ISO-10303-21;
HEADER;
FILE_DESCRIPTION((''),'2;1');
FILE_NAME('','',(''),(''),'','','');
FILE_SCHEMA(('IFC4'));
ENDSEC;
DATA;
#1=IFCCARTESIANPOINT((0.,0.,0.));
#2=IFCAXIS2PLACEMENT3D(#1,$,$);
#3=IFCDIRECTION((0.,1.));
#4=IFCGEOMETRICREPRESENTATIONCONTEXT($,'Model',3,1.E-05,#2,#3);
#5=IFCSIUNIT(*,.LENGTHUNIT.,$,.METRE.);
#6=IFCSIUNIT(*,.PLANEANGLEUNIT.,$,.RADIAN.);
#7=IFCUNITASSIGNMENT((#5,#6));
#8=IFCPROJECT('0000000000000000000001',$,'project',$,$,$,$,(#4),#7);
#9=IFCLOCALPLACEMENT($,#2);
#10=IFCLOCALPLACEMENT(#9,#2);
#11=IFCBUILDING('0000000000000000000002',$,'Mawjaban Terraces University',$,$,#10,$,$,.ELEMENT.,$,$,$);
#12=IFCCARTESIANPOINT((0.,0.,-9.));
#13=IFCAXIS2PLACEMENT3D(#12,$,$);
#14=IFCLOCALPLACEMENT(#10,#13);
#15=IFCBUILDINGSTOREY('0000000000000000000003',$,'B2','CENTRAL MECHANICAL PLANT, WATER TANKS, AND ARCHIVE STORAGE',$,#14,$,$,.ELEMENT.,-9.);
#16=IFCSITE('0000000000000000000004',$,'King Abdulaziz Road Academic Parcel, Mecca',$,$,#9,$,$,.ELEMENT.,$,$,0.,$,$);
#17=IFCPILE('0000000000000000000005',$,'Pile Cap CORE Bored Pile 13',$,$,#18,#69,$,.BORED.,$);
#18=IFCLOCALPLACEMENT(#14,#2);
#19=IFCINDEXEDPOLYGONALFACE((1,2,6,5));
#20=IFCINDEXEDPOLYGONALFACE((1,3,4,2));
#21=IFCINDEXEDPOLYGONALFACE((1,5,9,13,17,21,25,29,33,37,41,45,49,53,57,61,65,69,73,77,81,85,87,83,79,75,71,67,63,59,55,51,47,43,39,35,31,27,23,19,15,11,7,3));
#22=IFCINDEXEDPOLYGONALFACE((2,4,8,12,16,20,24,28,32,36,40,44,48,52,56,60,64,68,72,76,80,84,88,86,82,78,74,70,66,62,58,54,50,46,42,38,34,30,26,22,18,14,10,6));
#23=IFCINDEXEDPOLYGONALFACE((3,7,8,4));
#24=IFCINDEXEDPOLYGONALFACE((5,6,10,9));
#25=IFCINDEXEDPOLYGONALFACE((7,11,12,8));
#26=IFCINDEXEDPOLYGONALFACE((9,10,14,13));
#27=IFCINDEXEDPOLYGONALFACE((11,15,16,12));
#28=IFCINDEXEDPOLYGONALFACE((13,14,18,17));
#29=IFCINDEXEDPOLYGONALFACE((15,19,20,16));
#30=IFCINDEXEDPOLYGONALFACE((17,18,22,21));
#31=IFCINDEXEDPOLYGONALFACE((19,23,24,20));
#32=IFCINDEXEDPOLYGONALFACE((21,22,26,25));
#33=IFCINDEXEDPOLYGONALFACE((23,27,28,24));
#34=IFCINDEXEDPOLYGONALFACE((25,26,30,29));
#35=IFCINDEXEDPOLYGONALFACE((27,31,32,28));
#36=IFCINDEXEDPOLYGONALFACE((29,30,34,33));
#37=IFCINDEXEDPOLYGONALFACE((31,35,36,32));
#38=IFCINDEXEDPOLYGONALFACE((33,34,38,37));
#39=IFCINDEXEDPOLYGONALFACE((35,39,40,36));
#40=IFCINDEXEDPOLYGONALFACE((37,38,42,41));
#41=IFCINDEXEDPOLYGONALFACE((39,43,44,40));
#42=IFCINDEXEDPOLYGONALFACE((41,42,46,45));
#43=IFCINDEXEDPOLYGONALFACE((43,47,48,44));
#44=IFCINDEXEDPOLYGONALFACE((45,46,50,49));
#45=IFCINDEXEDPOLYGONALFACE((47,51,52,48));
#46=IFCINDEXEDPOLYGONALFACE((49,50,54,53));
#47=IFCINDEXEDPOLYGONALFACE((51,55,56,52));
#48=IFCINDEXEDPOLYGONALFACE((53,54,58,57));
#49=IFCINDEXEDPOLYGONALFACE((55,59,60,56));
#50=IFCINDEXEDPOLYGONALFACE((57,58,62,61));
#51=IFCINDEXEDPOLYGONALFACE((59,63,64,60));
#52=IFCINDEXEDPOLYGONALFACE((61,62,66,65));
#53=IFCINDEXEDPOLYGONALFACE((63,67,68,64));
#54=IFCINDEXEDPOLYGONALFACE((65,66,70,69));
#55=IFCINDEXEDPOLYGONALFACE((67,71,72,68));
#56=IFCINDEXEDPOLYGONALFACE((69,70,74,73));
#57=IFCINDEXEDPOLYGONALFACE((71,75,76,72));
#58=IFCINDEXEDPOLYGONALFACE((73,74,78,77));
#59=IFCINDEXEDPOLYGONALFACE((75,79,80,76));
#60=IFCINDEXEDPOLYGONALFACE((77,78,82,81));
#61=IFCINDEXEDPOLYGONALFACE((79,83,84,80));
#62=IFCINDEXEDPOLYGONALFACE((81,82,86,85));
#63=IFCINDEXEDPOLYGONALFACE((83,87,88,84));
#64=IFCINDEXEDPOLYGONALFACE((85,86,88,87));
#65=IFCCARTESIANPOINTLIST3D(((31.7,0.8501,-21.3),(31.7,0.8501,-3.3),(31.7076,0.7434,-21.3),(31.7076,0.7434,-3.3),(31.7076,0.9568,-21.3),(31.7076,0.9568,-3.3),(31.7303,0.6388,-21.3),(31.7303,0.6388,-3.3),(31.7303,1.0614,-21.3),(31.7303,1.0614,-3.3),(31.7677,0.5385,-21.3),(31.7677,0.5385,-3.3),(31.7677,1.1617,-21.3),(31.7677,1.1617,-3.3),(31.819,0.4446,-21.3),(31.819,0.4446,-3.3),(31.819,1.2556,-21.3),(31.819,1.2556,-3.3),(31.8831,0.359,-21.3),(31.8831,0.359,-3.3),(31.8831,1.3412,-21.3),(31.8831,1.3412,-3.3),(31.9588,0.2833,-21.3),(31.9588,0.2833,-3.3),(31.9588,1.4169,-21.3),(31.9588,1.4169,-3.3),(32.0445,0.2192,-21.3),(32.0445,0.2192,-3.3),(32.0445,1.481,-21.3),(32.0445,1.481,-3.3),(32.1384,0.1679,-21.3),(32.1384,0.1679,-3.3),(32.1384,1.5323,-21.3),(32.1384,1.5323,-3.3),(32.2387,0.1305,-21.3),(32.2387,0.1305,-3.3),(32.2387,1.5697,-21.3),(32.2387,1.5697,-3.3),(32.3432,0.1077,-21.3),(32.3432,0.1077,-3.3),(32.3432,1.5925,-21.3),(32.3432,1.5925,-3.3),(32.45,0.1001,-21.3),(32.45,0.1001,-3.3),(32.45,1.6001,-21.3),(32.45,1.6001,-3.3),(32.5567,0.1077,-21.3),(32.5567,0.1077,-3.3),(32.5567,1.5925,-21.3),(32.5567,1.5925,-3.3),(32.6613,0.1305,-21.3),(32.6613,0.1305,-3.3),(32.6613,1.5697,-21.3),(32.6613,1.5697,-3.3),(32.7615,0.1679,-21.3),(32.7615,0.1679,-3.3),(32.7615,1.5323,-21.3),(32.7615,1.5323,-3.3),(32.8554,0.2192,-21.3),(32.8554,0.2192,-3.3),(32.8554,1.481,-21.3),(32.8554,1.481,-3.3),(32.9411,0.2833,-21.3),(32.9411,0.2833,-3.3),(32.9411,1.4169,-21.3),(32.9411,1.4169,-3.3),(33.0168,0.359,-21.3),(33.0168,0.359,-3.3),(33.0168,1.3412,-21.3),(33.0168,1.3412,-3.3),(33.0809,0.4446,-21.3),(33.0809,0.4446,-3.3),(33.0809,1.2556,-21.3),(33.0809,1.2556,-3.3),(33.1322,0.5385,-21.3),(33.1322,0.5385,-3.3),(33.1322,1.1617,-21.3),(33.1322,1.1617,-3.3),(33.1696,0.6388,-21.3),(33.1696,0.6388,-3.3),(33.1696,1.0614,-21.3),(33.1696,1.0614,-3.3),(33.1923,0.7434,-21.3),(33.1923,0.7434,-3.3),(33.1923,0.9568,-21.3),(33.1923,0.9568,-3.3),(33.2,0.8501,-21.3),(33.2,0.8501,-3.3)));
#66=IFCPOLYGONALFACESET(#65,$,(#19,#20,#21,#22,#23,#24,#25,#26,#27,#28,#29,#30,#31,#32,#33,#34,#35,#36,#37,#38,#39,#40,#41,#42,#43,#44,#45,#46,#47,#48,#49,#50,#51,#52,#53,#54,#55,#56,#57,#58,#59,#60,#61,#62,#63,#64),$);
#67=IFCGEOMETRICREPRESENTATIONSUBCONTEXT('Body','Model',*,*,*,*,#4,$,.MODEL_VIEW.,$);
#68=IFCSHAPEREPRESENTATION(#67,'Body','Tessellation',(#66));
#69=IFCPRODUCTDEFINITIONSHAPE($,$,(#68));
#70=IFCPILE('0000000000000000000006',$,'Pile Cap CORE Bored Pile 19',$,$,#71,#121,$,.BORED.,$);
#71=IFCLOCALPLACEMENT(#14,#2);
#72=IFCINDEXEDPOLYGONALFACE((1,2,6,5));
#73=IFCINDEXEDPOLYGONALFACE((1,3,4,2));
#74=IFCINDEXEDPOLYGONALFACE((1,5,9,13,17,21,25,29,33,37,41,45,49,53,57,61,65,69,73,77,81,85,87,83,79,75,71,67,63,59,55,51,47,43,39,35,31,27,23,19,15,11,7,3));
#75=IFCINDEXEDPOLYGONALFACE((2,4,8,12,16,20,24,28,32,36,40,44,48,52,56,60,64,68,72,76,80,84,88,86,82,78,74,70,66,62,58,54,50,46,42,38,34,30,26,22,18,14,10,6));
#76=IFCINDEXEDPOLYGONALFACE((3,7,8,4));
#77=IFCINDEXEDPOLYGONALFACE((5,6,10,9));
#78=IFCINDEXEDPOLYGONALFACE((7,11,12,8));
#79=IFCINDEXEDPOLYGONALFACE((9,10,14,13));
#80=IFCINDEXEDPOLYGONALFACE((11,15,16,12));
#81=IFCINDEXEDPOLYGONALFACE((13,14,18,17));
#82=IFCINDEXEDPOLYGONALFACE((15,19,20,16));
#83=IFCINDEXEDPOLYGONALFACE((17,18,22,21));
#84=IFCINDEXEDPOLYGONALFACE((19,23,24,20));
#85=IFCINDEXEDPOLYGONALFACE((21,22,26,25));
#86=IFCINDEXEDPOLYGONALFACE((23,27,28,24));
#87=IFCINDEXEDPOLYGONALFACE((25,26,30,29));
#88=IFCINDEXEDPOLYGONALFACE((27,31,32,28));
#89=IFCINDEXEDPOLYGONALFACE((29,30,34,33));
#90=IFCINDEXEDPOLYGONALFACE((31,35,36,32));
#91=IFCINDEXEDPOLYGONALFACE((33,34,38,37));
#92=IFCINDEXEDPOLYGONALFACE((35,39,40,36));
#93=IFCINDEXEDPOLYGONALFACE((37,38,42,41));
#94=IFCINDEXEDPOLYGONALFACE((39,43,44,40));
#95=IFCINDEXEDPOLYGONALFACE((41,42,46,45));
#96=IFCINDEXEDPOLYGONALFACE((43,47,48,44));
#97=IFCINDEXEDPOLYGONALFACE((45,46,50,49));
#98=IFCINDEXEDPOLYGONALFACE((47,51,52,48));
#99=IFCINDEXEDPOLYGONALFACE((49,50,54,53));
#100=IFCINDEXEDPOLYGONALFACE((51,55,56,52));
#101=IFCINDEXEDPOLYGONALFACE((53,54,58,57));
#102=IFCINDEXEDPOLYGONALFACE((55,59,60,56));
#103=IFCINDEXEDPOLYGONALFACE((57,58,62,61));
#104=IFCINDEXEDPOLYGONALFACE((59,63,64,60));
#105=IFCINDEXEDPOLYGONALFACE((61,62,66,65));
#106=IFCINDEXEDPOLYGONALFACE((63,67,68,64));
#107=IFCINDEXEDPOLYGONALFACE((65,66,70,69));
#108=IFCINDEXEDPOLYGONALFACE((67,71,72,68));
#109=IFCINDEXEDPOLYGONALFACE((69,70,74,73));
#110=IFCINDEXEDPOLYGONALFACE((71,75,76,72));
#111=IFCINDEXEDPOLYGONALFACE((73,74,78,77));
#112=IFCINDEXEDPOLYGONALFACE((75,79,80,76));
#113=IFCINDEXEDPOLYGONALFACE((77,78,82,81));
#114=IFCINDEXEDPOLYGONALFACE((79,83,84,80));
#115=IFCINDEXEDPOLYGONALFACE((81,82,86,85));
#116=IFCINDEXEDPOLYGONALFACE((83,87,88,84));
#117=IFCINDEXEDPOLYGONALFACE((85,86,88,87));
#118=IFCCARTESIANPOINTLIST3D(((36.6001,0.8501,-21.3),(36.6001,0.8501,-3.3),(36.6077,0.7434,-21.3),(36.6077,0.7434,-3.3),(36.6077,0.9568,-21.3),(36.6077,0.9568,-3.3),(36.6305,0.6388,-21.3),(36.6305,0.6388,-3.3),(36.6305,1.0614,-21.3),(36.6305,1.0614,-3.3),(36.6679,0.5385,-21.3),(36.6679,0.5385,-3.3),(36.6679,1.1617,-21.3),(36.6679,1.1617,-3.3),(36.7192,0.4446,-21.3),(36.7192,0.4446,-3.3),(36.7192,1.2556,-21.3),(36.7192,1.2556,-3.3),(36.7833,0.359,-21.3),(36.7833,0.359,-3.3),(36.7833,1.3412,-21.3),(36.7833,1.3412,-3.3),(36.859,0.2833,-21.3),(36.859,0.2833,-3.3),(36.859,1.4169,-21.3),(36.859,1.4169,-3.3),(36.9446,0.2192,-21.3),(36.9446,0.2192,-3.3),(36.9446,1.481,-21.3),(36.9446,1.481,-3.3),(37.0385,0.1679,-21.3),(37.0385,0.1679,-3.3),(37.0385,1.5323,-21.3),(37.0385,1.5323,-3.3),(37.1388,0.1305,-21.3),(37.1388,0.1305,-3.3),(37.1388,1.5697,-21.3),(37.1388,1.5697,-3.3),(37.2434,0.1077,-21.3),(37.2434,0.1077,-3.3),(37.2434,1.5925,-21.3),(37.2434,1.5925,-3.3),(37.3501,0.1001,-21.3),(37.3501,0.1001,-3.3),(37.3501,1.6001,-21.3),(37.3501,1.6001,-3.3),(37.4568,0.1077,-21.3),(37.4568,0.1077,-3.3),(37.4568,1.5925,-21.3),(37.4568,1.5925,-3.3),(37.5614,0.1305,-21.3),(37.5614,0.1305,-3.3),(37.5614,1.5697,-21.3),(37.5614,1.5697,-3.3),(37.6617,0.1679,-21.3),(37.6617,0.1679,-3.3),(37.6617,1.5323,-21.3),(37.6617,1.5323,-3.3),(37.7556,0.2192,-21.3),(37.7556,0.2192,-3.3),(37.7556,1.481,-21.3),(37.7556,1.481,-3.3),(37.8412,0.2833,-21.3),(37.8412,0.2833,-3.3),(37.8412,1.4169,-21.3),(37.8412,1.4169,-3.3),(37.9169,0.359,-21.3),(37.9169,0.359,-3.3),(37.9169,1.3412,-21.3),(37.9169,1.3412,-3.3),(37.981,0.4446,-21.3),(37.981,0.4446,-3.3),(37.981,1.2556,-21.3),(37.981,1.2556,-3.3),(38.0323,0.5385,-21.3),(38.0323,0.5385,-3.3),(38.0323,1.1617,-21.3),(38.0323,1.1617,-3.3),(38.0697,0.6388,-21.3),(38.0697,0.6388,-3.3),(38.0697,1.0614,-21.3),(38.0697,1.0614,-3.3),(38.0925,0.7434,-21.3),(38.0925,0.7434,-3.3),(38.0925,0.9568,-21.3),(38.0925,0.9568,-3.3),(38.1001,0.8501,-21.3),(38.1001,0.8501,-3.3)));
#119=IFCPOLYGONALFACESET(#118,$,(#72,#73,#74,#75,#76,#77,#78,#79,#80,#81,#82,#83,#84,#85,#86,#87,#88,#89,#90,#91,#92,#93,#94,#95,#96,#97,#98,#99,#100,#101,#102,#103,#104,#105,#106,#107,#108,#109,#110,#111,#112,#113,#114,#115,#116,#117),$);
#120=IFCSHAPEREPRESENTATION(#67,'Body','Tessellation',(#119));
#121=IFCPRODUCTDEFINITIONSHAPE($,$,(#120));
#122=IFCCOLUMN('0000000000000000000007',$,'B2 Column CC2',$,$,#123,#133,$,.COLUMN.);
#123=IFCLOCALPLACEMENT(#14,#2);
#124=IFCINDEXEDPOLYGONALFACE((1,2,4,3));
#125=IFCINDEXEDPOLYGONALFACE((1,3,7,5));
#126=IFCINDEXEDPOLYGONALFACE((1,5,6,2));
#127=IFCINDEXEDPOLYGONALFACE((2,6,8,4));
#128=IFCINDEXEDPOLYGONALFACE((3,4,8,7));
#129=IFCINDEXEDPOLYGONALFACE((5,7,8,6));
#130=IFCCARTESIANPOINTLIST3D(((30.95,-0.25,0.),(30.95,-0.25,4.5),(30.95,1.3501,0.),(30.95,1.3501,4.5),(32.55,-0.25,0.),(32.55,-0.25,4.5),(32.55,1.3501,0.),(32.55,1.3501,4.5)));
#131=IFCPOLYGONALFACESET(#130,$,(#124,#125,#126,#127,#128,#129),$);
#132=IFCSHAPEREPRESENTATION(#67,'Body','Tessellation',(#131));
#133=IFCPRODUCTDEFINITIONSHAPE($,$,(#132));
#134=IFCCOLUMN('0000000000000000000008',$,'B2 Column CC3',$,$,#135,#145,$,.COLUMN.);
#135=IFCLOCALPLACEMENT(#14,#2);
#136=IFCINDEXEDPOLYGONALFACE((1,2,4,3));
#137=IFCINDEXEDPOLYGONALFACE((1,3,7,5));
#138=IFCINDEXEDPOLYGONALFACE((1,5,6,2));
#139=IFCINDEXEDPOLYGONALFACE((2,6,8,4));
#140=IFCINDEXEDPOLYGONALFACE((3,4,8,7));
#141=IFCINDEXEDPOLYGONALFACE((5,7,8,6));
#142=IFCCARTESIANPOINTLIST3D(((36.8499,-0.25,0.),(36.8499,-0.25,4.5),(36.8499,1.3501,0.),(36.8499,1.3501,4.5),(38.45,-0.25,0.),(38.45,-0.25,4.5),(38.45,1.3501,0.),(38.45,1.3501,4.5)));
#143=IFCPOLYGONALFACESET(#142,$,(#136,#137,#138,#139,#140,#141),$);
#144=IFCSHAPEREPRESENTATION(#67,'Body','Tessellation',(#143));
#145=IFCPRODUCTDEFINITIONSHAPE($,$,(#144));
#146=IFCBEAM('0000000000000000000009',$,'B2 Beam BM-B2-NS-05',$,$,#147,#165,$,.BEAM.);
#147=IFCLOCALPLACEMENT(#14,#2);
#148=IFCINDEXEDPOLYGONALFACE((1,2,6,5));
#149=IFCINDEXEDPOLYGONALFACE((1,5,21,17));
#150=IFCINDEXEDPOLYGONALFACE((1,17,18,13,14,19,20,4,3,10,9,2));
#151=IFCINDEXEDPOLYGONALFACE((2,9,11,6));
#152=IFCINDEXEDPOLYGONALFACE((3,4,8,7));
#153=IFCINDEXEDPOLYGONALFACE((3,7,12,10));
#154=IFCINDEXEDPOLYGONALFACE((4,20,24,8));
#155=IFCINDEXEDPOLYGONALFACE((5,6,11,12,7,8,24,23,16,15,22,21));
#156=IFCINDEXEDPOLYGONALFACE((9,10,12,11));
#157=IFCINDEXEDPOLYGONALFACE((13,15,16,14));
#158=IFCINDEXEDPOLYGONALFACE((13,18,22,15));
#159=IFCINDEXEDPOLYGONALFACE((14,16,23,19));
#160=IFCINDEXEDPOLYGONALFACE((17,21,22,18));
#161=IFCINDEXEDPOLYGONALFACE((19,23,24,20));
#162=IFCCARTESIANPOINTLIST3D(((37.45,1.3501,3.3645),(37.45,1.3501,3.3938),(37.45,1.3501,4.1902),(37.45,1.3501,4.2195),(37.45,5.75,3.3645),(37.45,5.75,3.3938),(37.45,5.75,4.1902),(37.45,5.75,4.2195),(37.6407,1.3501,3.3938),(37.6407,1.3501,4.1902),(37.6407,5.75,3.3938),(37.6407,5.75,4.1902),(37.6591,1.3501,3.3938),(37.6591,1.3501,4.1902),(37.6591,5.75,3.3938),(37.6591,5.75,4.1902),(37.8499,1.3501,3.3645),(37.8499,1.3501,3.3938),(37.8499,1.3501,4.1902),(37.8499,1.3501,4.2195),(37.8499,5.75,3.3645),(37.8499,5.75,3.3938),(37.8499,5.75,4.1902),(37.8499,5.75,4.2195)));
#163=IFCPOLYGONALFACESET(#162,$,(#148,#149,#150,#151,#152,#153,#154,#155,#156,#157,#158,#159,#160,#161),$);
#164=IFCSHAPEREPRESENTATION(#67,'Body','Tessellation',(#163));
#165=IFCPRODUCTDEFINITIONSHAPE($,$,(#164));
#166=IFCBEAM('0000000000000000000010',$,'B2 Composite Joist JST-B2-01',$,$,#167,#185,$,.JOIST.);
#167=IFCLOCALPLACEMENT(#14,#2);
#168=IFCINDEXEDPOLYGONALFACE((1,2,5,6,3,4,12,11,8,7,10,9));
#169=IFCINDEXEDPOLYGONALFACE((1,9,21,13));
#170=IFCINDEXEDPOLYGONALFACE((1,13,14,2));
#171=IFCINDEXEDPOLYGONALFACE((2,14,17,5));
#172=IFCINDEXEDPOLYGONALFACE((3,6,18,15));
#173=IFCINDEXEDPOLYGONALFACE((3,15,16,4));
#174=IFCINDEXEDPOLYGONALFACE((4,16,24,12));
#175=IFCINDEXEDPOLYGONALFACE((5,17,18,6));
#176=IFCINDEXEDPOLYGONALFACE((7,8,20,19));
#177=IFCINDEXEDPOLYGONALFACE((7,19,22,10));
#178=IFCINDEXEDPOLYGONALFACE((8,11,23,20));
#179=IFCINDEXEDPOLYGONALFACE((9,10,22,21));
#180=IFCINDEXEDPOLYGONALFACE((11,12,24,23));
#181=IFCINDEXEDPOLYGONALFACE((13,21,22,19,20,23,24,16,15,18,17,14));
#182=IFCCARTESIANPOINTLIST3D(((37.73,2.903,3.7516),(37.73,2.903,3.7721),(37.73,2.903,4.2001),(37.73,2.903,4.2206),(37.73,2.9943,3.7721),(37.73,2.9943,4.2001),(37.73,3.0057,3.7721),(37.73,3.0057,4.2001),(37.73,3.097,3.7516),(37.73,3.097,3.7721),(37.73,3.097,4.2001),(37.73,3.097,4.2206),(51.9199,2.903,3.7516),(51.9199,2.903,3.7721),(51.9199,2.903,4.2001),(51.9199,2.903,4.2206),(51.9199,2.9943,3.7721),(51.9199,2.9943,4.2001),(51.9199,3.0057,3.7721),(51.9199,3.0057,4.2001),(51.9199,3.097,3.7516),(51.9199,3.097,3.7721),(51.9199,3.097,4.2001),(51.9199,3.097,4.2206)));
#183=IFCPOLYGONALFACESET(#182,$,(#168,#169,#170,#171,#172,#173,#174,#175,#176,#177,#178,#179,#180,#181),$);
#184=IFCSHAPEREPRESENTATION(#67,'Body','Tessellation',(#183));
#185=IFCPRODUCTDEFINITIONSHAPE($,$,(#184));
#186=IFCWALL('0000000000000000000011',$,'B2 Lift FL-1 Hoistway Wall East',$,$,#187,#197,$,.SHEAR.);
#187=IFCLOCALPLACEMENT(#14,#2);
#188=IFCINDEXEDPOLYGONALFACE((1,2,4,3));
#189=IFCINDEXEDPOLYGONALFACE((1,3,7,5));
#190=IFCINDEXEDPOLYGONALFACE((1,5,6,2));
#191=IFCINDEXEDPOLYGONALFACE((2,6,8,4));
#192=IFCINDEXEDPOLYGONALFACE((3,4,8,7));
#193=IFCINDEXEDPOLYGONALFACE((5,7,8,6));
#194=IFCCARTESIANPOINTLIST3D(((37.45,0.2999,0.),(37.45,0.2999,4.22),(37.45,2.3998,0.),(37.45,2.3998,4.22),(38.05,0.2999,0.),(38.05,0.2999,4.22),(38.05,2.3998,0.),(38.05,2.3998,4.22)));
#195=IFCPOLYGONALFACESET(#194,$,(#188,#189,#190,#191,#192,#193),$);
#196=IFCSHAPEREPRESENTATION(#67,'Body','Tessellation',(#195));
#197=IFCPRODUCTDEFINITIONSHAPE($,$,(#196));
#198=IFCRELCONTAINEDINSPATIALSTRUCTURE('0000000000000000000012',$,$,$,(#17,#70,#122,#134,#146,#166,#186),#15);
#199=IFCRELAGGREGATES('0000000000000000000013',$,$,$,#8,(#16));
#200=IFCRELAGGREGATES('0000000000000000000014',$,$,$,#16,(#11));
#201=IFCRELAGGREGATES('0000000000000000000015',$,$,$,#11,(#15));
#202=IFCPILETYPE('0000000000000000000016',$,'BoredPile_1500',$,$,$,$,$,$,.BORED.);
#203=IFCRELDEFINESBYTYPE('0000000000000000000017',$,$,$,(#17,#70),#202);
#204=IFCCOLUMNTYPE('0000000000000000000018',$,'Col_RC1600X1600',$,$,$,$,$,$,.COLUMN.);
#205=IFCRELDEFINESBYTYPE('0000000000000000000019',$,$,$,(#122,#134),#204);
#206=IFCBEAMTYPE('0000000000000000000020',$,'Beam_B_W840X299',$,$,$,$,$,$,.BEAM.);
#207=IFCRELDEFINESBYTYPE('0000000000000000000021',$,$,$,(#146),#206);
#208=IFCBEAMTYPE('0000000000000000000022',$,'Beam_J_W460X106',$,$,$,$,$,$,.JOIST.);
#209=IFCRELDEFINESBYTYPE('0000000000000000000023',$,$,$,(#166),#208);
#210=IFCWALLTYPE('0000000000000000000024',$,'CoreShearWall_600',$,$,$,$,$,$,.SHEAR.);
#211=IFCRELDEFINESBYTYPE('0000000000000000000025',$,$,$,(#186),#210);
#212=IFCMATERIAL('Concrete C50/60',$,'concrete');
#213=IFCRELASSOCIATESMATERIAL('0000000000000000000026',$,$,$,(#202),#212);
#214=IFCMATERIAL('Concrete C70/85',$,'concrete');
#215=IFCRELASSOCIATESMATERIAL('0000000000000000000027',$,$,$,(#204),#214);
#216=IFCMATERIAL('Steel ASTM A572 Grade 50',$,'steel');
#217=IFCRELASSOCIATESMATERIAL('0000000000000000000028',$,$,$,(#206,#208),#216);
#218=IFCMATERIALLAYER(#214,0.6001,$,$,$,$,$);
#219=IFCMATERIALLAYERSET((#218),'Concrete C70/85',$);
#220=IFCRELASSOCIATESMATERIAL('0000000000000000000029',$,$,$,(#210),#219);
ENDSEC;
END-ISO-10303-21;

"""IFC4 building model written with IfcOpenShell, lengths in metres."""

from ifc_helpers import new_model, si_unit, direction, frame, frame_2d, origin, origin_2d, place, context, subcontext, project, spatial, rectangle, circle, i_section, extrude, material, layer, layer_set, material_profile, profile_set, type_object, element, save


model = new_model("IFC4")

# Units and contexts
model_context = context("Model", 3, precision=1e-05, world=origin(), true_north=direction((0.0, 1.0)))
body_context = subcontext(model_context, "Body", "Model", "MODEL_VIEW")
ifc_project = project(units=[si_unit("LENGTHUNIT", "METRE"), si_unit("PLANEANGLEUNIT", "RADIAN")], contexts=[model_context])

# Site, building, storey
site_placement = place(None, origin())
site = spatial("IfcSite", under=ifc_project, at=site_placement, Name="King Abdulaziz Road Academic Parcel, Mecca", CompositionType="ELEMENT", RefElevation=0.0)
building_placement = place(site_placement, origin())
building = spatial("IfcBuilding", under=site, at=building_placement, Name="Mawjaban Terraces University", CompositionType="ELEMENT")
storey_placement = place(building_placement, frame((0.0, 0.0, -9.0)))
storey = spatial("IfcBuildingStorey", under=building, at=storey_placement, Name="B2", Description="CENTRAL MECHANICAL PLANT, WATER TANKS, AND ARCHIVE STORAGE", CompositionType="ELEMENT", Elevation=-9.0)

# Piles
ifc_material_1 = material(Name="Concrete C50/60", Category="concrete")
ifc_material_profile_1 = material_profile(ifc_material_1, circle(Radius=0.75, at=origin_2d()), Name="PILE1500")
ifc_profile_set_1 = profile_set([ifc_material_profile_1], Name="Concrete C50/60")
pile_type = type_object("IfcPileType", Name="BoredPile_1500", PredefinedType="BORED", material=ifc_profile_set_1)
for number, where, z_axis, x_axis, name in (
    (1, (32.45, 0.8501, -3.3), (0.0, 0.0, -1.0), (1.0, 0.0, 0.0), "Pile Cap CORE Bored Pile 13"),
    (2, (37.3501, 0.8501, -3.3), (0.0, 0.0, -1.0), (1.0, 0.0, 0.0), "Pile Cap CORE Bored Pile 19"),
):
    element("IfcPile", number, at=place(storey_placement, frame(where, z_axis=z_axis, x_axis=x_axis)), inside=storey, type_object=pile_type, Name=name, PredefinedType="BORED", context=body_context, shape_type="SweptSolid", body=[
        extrude(circle(Radius=0.75, at=origin_2d()), origin(), (0.0, 0.0, 1.0), 18.0),
    ])

# Columns
ifc_material_2 = material(Name="Concrete C70/85", Category="concrete")
ifc_material_profile_2 = material_profile(ifc_material_2, rectangle(XDim=1.6001, YDim=1.6001, at=origin_2d()), Name="RC1600X1600")
ifc_profile_set_2 = profile_set([ifc_material_profile_2], Name="Concrete C70/85")
column_type = type_object("IfcColumnType", Name="Col_RC1600X1600", PredefinedType="COLUMN", material=ifc_profile_set_2)
for number, where, z_axis, x_axis, name in (
    (3, (31.75, 0.55, 0.0), (0.0, 0.0, 1.0), (1.0, 0.0, 0.0), "B2 Column CC2"),
    (4, (37.6499, 0.55, 0.0), (0.0, 0.0, 1.0), (1.0, 0.0, 0.0), "B2 Column CC3"),
):
    element("IfcColumn", number, at=place(storey_placement, frame(where, z_axis=z_axis, x_axis=x_axis)), inside=storey, type_object=column_type, Name=name, PredefinedType="COLUMN", context=body_context, shape_type="SweptSolid", body=[
        extrude(rectangle(XDim=1.6001, YDim=1.6001, at=origin_2d()), origin(), (0.0, 0.0, 1.0), 4.5),
    ])

# Beams
ifc_material_3 = material(Name="Steel ASTM A572 Grade 50", Category="steel")
ifc_material_profile_3 = material_profile(ifc_material_3, i_section(OverallWidth=0.3999, OverallDepth=0.855, WebThickness=0.0183, FlangeThickness=0.0293, at=origin_2d()), Name="W840X299")
ifc_profile_set_3 = profile_set([ifc_material_profile_3], Name="Steel ASTM A572 Grade 50")
beam_type_1 = type_object("IfcBeamType", Name="Beam_B_W840X299", PredefinedType="BEAM", material=ifc_profile_set_3)
beam_1_placement = place(storey_placement, frame((37.6499, 1.3501, 3.792), z_axis=(0.0, 1.0, 0.0), x_axis=(-1.0, 0.0, 0.0)))
element("IfcBeam", 5, at=beam_1_placement, inside=storey, type_object=beam_type_1, Name="B2 Beam BM-B2-NS-05", PredefinedType="BEAM", context=body_context, shape_type="SweptSolid", body=[
    extrude(i_section(OverallWidth=0.3999, OverallDepth=0.855, WebThickness=0.0183, FlangeThickness=0.0293, at=origin_2d()), origin(), (0.0, 0.0, 1.0), 4.3999),
])
ifc_material_profile_4 = material_profile(ifc_material_3, i_section(OverallWidth=0.1941, OverallDepth=0.469, WebThickness=0.0115, FlangeThickness=0.0205, at=origin_2d()), Name="W460X106")
ifc_profile_set_4 = profile_set([ifc_material_profile_4], Name="Steel ASTM A572 Grade 50")
beam_type_2 = type_object("IfcBeamType", Name="Beam_J_W460X106", PredefinedType="JOIST", material=ifc_profile_set_4)
beam_2_placement = place(storey_placement, frame((37.73, 3.0, 3.9861), z_axis=(1.0, 0.0, 0.0), x_axis=(0.0, 1.0, 0.0)))
element("IfcBeam", 6, at=beam_2_placement, inside=storey, type_object=beam_type_2, Name="B2 Composite Joist JST-B2-01", PredefinedType="JOIST", context=body_context, shape_type="SweptSolid", body=[
    extrude(i_section(OverallWidth=0.1941, OverallDepth=0.469, WebThickness=0.0115, FlangeThickness=0.0205, at=origin_2d()), origin(), (0.0, 0.0, 1.0), 14.1899),
])

# Wall
ifc_layer_1 = layer(ifc_material_2, 0.6001)
ifc_layer_set_1 = layer_set([ifc_layer_1], Name="Concrete C70/85")
wall_type_1 = type_object("IfcWallType", Name="CoreShearWall_600", PredefinedType="SHEAR", material=ifc_layer_set_1)
wall_1_placement = place(storey_placement, frame((37.75, 0.3, 0.0), z_axis=(0.0, 0.0, 1.0), x_axis=(0.0, 1.0, 0.0)))
element("IfcWall", 7, at=wall_1_placement, inside=storey, type_object=wall_type_1, Name="B2 Lift FL-1 Hoistway Wall East", PredefinedType="SHEAR", context=body_context, shape_type="SweptSolid", body=[
    extrude(rectangle(XDim=2.0999, YDim=0.6001, at=frame_2d((1.0498, 0.0))), origin(), (0.0, 0.0, 1.0), 4.22),
])

save(model, "model.ifc")
